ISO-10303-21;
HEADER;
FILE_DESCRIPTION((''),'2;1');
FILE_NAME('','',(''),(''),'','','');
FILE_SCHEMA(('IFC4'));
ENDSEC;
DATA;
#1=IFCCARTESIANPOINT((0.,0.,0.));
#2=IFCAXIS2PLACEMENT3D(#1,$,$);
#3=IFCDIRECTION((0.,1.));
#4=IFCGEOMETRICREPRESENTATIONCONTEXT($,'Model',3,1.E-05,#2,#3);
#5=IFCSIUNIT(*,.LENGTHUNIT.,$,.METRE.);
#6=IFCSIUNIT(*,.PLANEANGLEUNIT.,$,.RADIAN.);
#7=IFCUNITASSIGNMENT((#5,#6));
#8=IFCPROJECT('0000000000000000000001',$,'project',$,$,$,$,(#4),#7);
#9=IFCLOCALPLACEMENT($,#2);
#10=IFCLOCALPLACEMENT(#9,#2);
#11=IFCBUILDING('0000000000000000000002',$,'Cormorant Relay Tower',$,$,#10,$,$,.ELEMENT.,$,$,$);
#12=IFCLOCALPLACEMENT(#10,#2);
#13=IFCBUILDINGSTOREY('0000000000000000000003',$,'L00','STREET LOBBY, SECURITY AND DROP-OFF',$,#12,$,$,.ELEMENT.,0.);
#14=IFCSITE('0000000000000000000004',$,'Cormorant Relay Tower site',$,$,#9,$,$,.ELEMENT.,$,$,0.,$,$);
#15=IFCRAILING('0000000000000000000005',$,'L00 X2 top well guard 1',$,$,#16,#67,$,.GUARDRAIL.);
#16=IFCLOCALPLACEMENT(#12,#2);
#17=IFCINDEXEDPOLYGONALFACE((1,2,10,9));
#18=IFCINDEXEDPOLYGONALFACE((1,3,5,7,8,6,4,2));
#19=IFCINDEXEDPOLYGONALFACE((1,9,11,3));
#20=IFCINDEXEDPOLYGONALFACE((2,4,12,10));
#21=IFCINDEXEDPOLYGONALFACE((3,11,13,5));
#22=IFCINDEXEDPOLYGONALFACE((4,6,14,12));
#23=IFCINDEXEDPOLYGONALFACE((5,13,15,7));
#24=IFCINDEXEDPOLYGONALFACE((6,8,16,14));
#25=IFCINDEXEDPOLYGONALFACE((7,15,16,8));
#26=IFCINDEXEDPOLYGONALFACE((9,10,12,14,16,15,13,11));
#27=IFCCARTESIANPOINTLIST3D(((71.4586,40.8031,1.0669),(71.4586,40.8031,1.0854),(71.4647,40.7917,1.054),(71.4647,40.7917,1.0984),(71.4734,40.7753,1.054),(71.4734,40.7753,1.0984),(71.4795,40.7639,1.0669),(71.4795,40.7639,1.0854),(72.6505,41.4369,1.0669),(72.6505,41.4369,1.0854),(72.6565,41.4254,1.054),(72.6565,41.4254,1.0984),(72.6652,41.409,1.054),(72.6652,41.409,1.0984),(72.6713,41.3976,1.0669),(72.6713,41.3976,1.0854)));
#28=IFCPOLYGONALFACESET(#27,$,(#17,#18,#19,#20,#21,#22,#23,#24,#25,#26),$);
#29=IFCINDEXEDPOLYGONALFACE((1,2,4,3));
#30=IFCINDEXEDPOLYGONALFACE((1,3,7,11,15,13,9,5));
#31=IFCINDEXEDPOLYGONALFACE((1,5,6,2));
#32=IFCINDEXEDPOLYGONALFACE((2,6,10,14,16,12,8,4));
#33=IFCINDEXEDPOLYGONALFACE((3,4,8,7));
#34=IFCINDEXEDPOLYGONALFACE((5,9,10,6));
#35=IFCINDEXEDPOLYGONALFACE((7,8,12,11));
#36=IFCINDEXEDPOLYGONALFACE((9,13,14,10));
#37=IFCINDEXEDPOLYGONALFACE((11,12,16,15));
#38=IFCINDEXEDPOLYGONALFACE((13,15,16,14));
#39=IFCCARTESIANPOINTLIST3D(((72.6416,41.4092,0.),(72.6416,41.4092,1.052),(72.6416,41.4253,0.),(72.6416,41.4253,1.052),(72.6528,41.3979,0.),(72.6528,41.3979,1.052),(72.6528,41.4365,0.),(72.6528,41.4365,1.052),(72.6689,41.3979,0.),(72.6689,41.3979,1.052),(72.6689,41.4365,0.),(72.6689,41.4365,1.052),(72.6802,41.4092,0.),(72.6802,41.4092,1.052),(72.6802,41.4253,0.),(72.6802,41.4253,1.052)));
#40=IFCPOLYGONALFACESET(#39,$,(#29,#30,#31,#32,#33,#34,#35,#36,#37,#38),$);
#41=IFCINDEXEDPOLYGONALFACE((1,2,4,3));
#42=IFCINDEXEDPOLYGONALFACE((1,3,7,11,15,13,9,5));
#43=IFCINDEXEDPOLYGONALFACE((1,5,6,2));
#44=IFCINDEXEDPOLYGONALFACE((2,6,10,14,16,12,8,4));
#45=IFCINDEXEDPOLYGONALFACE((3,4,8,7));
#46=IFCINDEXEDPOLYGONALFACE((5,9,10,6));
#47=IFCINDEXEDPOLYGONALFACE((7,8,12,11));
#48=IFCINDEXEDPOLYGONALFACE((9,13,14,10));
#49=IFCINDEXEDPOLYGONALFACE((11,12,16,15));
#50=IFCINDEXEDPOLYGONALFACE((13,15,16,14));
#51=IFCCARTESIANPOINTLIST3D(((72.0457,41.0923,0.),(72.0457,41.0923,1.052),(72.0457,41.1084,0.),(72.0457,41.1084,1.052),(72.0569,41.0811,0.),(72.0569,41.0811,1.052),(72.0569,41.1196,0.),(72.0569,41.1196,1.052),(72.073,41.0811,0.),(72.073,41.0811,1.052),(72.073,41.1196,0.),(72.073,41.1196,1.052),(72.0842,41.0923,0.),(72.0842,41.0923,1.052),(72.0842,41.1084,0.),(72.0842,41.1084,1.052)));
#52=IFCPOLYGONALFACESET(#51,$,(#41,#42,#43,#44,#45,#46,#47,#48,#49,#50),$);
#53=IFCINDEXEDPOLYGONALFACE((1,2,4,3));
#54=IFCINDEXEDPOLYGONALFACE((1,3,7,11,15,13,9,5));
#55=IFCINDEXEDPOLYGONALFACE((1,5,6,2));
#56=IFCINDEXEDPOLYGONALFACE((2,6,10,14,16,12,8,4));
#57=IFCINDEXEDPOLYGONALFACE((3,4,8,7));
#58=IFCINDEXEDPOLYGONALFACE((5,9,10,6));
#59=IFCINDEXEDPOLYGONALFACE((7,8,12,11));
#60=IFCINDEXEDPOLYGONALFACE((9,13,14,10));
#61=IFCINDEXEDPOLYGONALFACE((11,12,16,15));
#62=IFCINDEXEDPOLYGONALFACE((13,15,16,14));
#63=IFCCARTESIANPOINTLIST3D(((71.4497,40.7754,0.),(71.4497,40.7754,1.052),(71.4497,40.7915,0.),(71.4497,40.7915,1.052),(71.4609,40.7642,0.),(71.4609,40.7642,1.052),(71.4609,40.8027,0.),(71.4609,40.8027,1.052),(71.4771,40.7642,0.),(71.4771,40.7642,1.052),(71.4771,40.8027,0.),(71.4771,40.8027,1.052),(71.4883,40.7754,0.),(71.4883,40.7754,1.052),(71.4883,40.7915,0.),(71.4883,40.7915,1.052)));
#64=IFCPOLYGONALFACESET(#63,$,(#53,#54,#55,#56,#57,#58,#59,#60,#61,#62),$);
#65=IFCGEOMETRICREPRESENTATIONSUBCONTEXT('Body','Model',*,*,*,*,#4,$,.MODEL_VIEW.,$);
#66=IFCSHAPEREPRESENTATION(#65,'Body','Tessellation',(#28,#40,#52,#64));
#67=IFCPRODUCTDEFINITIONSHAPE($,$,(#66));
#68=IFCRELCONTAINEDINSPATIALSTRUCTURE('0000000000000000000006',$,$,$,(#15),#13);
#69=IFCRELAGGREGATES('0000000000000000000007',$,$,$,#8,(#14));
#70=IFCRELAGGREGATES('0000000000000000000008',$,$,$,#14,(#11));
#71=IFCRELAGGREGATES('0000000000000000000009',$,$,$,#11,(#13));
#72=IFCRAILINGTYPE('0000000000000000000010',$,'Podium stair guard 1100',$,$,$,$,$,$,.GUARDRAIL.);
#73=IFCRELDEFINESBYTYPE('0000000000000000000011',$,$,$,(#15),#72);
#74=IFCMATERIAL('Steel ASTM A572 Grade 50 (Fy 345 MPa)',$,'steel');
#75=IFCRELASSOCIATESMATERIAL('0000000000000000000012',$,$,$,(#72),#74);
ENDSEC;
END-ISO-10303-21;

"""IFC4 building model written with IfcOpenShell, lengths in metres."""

from ifc_helpers import new_model, si_unit, direction, frame, origin, place, context, subcontext, project, spatial, polyline, outline, extrude, material, type_object, element, save


model = new_model("IFC4")

# Units and contexts
model_context = context("Model", 3, precision=1e-05, world=origin(), true_north=direction((0.0, 1.0)))
body_context = subcontext(model_context, "Body", "Model", "MODEL_VIEW")
ifc_project = project(units=[si_unit("LENGTHUNIT", "METRE"), si_unit("PLANEANGLEUNIT", "RADIAN")], contexts=[model_context])

# Site, building, storey
site_placement = place(None, origin())
site = spatial("IfcSite", under=ifc_project, at=site_placement, Name="Cormorant Relay Tower site", CompositionType="ELEMENT", RefElevation=0.0)
building_placement = place(site_placement, origin())
building = spatial("IfcBuilding", under=site, at=building_placement, Name="Cormorant Relay Tower", CompositionType="ELEMENT")
storey_placement = place(building_placement, origin())
storey = spatial("IfcBuildingStorey", under=building, at=storey_placement, Name="L00", Description="STREET LOBBY, SECURITY AND DROP-OFF", CompositionType="ELEMENT", Elevation=0.0)

# Railing
ifc_material_1 = material(Name="Steel ASTM A572 Grade 50 (Fy 345 MPa)", Category="steel")
railing_type = type_object("IfcRailingType", Name="Podium stair guard 1100", PredefinedType="GUARDRAIL", material=ifc_material_1)
railing_placement = place(storey_placement, frame((72.6609, 41.4172, 0.0)))
element("IfcRailing", 1, at=railing_placement, inside=storey, type_object=railing_type, Name="L00 X2 top well guard 1", PredefinedType="GUARDRAIL", context=body_context, shape_type="SweptSolid", body=[
    extrude(outline(polyline([(0.0222, 0.0093), (0.0093, 0.0222), (-0.0093, 0.0222), (-0.0222, 0.0093), (-0.0222, -0.0093), (-0.0093, -0.0222), (0.0093, -0.0222), (0.0222, -0.0093), (0.0222, 0.0093)])), frame((0.0, 0.0, 1.0762), z_axis=(-0.882933, -0.469499, 0.0), x_axis=(0.469499, -0.882933, 0.0)), (0.0, 0.0, 1.0), 1.3499),
    extrude(outline(polyline([(0.0193, 0.0081), (0.0081, 0.0193), (-0.0081, 0.0193), (-0.0193, 0.0081), (-0.0193, -0.0081), (-0.0081, -0.0193), (0.0081, -0.0193), (0.0193, -0.0081), (0.0193, 0.0081)])), origin(), (0.0, 0.0, 1.0), 1.052),
    extrude(outline(polyline([(0.0193, 0.0081), (0.0081, 0.0193), (-0.0081, 0.0193), (-0.0193, 0.0081), (-0.0193, -0.0081), (-0.0081, -0.0193), (0.0081, -0.0193), (0.0193, -0.0081), (0.0193, 0.0081)])), frame((-0.5959, -0.3169, 0.0)), (0.0, 0.0, 1.0), 1.052),
    extrude(outline(polyline([(0.0193, 0.0081), (0.0081, 0.0193), (-0.0081, 0.0193), (-0.0193, 0.0081), (-0.0193, -0.0081), (-0.0081, -0.0193), (0.0081, -0.0193), (0.0193, -0.0081), (0.0193, 0.0081)])), frame((-1.1919, -0.6338, 0.0)), (0.0, 0.0, 1.0), 1.052),
])

save(model, "model.ifc")
